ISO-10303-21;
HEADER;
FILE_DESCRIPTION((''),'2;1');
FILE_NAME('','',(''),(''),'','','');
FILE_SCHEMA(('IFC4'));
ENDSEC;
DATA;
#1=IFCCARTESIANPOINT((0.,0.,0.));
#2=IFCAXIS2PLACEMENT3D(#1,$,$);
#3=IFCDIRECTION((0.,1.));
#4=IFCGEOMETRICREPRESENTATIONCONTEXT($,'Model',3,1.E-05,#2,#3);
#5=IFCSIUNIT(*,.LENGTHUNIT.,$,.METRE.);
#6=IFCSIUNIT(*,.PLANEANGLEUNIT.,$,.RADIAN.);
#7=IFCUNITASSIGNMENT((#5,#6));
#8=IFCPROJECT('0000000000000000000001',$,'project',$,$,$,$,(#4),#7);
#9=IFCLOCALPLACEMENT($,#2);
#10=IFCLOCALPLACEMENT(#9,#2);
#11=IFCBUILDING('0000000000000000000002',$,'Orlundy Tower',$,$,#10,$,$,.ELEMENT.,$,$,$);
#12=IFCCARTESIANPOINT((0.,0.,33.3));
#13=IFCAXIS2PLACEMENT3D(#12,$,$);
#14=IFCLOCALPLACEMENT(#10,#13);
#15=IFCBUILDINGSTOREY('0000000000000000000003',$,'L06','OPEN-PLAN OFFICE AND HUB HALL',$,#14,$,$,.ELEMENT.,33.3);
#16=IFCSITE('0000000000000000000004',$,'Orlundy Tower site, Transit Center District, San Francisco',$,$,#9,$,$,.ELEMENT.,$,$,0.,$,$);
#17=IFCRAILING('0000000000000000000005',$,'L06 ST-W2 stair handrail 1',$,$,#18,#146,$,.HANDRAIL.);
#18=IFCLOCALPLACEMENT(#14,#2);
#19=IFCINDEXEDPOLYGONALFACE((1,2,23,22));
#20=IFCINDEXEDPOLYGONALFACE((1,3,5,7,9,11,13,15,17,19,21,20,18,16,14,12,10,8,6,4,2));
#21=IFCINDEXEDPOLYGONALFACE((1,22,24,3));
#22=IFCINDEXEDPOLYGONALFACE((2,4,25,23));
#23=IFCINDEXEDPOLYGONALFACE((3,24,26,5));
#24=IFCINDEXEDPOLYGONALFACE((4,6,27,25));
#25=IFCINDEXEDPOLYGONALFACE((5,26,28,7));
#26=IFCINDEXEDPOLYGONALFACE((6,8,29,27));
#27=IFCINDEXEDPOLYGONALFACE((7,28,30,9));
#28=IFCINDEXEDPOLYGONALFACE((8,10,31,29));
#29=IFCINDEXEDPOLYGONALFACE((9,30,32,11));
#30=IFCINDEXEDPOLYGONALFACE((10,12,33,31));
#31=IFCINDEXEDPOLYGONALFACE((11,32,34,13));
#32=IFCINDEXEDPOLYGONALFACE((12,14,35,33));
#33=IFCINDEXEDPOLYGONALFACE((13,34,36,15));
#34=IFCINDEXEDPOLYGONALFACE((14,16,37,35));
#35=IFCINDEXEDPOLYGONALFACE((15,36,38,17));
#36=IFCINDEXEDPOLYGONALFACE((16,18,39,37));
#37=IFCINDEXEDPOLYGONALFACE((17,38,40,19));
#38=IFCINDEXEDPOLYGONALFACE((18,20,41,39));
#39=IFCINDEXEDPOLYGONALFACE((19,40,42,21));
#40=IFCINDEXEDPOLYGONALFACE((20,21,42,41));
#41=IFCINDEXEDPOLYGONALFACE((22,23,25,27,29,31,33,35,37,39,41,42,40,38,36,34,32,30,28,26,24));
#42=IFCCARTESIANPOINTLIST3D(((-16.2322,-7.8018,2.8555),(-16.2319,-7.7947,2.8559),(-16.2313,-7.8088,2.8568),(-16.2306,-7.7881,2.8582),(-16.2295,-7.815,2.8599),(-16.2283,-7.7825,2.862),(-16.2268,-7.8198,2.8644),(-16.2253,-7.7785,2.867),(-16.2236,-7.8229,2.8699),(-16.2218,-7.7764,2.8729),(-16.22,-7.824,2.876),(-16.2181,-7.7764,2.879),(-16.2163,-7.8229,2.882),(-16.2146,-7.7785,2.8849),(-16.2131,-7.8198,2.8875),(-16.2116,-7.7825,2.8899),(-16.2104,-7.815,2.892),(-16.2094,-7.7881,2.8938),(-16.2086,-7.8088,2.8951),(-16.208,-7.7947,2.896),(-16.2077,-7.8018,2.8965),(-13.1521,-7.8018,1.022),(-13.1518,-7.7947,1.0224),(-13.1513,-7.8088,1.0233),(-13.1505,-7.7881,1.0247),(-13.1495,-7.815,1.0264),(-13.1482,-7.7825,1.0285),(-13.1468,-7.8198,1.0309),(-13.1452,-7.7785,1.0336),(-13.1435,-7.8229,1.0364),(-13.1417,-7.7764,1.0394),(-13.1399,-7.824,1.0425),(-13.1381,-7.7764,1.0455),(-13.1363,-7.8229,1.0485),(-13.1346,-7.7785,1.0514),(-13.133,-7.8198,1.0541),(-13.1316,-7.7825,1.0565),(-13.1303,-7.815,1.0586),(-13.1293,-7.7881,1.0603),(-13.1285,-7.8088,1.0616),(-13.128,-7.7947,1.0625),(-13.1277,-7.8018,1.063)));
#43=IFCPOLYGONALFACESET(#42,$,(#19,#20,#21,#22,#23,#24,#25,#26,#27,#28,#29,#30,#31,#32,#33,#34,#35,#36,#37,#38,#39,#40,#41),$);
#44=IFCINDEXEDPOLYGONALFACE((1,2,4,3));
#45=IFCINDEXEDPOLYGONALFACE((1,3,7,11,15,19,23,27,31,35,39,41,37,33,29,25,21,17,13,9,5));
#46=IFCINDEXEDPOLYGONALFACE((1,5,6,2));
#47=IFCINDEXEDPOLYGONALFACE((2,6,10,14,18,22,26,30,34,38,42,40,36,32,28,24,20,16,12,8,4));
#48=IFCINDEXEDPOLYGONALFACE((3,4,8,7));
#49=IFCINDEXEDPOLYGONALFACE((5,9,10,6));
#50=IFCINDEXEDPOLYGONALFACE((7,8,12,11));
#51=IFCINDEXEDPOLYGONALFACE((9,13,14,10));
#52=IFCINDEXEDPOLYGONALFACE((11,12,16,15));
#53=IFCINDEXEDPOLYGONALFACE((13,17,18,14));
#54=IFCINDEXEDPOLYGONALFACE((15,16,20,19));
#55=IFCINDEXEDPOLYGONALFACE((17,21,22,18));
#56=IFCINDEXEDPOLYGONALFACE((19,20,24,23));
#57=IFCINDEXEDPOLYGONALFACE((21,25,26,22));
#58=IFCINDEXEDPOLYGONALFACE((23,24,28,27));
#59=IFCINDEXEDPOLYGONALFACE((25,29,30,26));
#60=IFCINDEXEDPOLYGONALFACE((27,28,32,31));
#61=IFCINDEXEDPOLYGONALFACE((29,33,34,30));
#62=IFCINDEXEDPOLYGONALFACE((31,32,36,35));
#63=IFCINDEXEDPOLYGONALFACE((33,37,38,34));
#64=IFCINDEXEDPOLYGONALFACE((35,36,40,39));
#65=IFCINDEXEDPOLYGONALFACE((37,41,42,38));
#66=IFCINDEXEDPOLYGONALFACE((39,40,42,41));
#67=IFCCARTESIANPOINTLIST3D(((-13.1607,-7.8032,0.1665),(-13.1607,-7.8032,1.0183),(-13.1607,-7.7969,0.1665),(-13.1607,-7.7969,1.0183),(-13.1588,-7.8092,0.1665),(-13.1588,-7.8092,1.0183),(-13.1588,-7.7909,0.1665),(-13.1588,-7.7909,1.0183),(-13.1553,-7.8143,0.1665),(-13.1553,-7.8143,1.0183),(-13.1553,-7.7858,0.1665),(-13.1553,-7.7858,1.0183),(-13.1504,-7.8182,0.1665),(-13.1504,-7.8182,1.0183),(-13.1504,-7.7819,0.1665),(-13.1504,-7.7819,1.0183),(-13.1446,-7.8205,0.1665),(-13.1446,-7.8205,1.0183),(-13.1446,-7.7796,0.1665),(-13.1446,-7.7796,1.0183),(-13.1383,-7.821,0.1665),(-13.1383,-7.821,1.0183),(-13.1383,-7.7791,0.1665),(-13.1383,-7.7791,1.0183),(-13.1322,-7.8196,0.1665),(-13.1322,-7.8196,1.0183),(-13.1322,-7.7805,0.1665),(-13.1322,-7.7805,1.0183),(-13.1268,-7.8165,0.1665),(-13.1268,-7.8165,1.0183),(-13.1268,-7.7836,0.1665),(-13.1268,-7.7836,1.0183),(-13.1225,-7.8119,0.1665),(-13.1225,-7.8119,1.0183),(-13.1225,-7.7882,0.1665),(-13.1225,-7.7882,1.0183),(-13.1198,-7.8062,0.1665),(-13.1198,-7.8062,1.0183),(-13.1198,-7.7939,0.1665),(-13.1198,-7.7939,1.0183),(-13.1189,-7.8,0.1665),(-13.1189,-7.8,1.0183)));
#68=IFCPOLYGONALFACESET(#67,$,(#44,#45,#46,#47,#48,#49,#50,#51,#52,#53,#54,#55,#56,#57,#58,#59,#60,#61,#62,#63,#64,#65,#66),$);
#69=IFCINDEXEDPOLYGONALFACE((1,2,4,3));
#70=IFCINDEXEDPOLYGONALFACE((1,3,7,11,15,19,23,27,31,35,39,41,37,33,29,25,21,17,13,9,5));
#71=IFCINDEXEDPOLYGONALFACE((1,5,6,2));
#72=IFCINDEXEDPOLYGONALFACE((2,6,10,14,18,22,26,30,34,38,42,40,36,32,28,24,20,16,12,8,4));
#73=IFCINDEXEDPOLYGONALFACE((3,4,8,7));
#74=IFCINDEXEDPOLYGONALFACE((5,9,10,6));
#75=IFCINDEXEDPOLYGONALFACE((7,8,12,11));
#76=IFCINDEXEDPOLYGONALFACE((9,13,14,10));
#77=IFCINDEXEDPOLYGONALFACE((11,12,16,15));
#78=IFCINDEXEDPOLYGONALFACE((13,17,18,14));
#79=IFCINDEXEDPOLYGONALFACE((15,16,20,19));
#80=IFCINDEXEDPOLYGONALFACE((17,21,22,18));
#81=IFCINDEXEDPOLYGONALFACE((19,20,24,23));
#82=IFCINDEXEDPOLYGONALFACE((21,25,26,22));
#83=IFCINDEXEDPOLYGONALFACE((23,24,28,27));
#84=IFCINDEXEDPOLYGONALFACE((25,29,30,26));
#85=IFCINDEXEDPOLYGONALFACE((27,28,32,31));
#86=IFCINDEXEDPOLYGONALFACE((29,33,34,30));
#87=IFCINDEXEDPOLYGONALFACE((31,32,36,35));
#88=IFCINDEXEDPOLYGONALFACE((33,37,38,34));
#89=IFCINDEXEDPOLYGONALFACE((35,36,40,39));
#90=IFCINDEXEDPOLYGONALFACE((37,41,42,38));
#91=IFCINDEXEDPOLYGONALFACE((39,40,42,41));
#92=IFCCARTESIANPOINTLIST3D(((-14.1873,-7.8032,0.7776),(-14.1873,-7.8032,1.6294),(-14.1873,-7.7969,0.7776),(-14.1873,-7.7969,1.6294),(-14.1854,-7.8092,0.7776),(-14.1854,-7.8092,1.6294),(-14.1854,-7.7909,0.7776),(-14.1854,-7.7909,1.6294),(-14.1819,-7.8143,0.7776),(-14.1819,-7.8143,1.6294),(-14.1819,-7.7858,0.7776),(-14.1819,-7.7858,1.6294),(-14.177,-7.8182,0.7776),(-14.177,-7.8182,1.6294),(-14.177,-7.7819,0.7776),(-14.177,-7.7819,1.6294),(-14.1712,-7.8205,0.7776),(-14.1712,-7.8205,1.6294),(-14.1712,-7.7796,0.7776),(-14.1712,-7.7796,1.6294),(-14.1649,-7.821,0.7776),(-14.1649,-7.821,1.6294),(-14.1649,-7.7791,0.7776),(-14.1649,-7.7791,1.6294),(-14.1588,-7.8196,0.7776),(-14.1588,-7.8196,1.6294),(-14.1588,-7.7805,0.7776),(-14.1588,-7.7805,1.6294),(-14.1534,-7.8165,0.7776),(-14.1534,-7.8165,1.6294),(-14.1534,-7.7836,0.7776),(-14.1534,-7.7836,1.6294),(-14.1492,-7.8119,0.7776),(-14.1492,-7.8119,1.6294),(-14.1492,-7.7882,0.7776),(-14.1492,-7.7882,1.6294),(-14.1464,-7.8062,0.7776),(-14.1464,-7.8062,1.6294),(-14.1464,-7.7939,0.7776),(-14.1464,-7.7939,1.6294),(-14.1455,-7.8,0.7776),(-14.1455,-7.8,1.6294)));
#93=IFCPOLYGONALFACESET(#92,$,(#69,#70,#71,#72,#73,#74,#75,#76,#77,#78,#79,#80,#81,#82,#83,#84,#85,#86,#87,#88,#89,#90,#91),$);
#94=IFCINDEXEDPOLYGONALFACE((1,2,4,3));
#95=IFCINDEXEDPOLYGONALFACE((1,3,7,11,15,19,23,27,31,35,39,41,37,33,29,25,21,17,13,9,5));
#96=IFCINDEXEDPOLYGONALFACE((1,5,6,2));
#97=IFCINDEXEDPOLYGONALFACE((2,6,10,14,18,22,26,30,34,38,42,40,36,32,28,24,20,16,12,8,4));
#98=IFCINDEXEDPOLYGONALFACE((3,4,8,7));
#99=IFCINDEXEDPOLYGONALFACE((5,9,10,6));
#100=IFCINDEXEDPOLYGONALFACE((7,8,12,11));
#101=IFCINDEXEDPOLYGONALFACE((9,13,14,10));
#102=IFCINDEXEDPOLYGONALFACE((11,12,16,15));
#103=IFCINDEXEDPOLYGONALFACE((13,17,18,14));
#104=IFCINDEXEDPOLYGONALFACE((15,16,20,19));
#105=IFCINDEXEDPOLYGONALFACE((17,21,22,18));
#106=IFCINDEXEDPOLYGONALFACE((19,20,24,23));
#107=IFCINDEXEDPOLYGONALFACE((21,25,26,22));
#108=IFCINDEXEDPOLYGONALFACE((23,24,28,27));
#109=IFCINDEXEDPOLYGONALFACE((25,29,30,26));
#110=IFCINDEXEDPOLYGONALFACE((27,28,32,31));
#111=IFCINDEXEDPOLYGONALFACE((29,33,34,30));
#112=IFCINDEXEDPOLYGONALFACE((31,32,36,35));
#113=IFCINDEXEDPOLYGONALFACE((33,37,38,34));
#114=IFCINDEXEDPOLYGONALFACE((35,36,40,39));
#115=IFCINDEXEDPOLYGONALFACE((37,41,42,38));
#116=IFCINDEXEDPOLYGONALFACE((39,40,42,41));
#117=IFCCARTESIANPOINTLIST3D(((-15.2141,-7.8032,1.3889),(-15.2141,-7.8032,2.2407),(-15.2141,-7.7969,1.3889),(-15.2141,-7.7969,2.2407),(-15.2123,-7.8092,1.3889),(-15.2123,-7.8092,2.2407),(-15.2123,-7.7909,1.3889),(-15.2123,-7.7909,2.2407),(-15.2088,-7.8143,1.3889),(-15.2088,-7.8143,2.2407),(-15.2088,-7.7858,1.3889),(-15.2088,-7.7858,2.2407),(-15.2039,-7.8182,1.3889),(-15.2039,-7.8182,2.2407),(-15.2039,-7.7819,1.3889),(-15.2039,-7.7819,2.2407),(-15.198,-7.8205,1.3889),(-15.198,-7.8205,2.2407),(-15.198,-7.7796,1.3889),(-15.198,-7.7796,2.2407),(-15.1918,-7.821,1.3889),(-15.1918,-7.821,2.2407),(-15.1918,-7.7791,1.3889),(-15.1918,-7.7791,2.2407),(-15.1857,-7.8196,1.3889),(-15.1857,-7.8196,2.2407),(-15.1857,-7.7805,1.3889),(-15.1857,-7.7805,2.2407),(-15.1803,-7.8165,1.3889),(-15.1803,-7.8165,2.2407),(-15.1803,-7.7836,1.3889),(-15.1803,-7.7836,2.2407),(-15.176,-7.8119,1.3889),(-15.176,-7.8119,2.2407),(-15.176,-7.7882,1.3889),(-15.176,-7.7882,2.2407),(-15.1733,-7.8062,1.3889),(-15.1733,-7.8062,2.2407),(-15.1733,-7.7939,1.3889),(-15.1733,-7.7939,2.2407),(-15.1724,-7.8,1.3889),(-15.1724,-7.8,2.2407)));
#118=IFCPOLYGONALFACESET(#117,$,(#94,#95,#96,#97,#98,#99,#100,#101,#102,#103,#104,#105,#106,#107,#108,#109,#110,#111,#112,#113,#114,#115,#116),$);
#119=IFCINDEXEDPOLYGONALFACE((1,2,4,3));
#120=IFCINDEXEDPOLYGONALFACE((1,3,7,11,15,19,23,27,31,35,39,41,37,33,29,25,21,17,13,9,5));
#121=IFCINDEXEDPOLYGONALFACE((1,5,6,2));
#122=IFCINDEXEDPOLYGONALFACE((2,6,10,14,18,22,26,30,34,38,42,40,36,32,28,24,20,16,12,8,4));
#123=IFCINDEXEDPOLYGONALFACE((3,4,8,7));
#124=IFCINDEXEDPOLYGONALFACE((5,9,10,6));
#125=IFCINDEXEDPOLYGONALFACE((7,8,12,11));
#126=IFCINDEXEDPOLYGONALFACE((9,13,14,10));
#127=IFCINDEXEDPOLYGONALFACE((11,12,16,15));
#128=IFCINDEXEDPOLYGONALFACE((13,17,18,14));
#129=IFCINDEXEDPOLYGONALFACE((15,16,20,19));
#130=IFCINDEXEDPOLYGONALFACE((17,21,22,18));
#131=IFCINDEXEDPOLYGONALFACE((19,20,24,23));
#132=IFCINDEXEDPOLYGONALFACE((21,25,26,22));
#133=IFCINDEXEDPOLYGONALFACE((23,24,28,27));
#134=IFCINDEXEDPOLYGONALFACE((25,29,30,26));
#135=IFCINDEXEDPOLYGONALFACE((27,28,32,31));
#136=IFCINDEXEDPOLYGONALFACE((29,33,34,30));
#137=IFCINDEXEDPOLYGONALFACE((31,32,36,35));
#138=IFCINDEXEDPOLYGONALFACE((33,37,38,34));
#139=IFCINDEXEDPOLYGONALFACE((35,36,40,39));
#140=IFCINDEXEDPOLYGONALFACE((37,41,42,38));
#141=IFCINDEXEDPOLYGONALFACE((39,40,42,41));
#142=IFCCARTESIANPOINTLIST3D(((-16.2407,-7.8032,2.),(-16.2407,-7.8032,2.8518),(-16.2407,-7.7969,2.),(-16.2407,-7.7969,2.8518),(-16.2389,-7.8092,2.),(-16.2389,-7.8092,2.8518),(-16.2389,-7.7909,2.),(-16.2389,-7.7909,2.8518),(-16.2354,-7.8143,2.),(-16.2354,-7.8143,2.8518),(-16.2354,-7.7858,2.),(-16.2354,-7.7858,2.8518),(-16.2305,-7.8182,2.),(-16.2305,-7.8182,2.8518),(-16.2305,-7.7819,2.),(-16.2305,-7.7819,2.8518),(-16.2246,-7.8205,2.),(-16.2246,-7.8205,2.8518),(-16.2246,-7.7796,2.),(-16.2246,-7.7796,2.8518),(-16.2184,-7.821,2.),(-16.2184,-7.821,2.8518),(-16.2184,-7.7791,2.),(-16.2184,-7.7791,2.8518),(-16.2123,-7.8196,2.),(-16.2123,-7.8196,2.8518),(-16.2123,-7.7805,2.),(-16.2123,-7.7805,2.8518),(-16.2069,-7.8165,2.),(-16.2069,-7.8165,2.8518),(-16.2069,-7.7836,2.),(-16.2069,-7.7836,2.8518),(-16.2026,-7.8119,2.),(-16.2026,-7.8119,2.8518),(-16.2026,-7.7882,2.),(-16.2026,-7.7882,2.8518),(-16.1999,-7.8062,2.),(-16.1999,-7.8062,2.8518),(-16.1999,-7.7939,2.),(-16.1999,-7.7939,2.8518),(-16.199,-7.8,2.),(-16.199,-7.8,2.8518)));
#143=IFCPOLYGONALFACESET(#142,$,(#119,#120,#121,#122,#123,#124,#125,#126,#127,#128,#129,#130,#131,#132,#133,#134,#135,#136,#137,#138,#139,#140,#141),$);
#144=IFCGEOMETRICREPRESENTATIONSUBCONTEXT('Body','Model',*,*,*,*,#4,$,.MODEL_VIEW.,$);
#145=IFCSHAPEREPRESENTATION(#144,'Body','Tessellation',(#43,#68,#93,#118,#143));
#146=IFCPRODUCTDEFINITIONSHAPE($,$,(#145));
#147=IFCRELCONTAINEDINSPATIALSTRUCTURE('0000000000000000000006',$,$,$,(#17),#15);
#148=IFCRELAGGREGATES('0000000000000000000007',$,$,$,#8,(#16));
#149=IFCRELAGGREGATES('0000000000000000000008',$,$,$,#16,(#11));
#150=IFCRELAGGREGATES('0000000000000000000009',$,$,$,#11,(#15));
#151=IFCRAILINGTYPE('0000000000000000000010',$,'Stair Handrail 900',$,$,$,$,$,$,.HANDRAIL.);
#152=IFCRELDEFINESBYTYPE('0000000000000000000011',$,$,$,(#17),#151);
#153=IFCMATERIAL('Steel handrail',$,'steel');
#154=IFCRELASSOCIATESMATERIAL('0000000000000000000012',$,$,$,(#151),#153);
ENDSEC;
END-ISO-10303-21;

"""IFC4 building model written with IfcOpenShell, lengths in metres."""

from ifc_helpers import new_model, si_unit, direction, frame, origin, origin_2d, place, context, subcontext, project, spatial, circle, extrude, material, type_object, element, save


model = new_model("IFC4")

# Units and contexts
model_context = context("Model", 3, precision=1e-05, world=origin(), true_north=direction((0.0, 1.0)))
body_context = subcontext(model_context, "Body", "Model", "MODEL_VIEW")
ifc_project = project(units=[si_unit("LENGTHUNIT", "METRE"), si_unit("PLANEANGLEUNIT", "RADIAN")], contexts=[model_context])

# Site, building, storey
site_placement = place(None, origin())
site = spatial("IfcSite", under=ifc_project, at=site_placement, Name="Orlundy Tower site, Transit Center District, San Francisco", CompositionType="ELEMENT", RefElevation=0.0)
building_placement = place(site_placement, origin())
building = spatial("IfcBuilding", under=site, at=building_placement, Name="Orlundy Tower", CompositionType="ELEMENT")
storey_placement = place(building_placement, frame((0.0, 0.0, 33.3)))
storey = spatial("IfcBuildingStorey", under=building, at=storey_placement, Name="L06", Description="OPEN-PLAN OFFICE AND HUB HALL", CompositionType="ELEMENT", Elevation=33.3)

# Railing
ifc_material_1 = material(Name="Steel handrail", Category="steel")
railing_type = type_object("IfcRailingType", Name="Stair Handrail 900", PredefinedType="HANDRAIL", material=ifc_material_1)
railing_1_placement = place(storey_placement, frame((-13.1399, -7.8, 0.1665)))
element("IfcRailing", 1, at=railing_1_placement, inside=storey, type_object=railing_type, Name="L06 ST-W2 stair handrail 1", PredefinedType="HANDRAIL", context=body_context, shape_type="SweptSolid", body=[
    extrude(circle(Radius=0.0239, at=origin_2d()), frame((0.0, 0.0, 0.876), z_axis=(-0.859279, 0.0, 0.511508), x_axis=(0.0, -1.0, 0.0)), (0.0, 0.0, 1.0), 3.5845),
    extrude(circle(Radius=0.021, at=origin_2d()), origin(), (0.0, 0.0, 1.0), 0.8518),
    extrude(circle(Radius=0.021, at=origin_2d()), frame((-1.0266, 0.0, 0.6111)), (0.0, 0.0, 1.0), 0.8518),
    extrude(circle(Radius=0.021, at=origin_2d()), frame((-2.0535, 0.0, 1.2224)), (0.0, 0.0, 1.0), 0.8518),
    extrude(circle(Radius=0.021, at=origin_2d()), frame((-3.0801, 0.0, 1.8335)), (0.0, 0.0, 1.0), 0.8518),
])

save(model, "model.ifc")
